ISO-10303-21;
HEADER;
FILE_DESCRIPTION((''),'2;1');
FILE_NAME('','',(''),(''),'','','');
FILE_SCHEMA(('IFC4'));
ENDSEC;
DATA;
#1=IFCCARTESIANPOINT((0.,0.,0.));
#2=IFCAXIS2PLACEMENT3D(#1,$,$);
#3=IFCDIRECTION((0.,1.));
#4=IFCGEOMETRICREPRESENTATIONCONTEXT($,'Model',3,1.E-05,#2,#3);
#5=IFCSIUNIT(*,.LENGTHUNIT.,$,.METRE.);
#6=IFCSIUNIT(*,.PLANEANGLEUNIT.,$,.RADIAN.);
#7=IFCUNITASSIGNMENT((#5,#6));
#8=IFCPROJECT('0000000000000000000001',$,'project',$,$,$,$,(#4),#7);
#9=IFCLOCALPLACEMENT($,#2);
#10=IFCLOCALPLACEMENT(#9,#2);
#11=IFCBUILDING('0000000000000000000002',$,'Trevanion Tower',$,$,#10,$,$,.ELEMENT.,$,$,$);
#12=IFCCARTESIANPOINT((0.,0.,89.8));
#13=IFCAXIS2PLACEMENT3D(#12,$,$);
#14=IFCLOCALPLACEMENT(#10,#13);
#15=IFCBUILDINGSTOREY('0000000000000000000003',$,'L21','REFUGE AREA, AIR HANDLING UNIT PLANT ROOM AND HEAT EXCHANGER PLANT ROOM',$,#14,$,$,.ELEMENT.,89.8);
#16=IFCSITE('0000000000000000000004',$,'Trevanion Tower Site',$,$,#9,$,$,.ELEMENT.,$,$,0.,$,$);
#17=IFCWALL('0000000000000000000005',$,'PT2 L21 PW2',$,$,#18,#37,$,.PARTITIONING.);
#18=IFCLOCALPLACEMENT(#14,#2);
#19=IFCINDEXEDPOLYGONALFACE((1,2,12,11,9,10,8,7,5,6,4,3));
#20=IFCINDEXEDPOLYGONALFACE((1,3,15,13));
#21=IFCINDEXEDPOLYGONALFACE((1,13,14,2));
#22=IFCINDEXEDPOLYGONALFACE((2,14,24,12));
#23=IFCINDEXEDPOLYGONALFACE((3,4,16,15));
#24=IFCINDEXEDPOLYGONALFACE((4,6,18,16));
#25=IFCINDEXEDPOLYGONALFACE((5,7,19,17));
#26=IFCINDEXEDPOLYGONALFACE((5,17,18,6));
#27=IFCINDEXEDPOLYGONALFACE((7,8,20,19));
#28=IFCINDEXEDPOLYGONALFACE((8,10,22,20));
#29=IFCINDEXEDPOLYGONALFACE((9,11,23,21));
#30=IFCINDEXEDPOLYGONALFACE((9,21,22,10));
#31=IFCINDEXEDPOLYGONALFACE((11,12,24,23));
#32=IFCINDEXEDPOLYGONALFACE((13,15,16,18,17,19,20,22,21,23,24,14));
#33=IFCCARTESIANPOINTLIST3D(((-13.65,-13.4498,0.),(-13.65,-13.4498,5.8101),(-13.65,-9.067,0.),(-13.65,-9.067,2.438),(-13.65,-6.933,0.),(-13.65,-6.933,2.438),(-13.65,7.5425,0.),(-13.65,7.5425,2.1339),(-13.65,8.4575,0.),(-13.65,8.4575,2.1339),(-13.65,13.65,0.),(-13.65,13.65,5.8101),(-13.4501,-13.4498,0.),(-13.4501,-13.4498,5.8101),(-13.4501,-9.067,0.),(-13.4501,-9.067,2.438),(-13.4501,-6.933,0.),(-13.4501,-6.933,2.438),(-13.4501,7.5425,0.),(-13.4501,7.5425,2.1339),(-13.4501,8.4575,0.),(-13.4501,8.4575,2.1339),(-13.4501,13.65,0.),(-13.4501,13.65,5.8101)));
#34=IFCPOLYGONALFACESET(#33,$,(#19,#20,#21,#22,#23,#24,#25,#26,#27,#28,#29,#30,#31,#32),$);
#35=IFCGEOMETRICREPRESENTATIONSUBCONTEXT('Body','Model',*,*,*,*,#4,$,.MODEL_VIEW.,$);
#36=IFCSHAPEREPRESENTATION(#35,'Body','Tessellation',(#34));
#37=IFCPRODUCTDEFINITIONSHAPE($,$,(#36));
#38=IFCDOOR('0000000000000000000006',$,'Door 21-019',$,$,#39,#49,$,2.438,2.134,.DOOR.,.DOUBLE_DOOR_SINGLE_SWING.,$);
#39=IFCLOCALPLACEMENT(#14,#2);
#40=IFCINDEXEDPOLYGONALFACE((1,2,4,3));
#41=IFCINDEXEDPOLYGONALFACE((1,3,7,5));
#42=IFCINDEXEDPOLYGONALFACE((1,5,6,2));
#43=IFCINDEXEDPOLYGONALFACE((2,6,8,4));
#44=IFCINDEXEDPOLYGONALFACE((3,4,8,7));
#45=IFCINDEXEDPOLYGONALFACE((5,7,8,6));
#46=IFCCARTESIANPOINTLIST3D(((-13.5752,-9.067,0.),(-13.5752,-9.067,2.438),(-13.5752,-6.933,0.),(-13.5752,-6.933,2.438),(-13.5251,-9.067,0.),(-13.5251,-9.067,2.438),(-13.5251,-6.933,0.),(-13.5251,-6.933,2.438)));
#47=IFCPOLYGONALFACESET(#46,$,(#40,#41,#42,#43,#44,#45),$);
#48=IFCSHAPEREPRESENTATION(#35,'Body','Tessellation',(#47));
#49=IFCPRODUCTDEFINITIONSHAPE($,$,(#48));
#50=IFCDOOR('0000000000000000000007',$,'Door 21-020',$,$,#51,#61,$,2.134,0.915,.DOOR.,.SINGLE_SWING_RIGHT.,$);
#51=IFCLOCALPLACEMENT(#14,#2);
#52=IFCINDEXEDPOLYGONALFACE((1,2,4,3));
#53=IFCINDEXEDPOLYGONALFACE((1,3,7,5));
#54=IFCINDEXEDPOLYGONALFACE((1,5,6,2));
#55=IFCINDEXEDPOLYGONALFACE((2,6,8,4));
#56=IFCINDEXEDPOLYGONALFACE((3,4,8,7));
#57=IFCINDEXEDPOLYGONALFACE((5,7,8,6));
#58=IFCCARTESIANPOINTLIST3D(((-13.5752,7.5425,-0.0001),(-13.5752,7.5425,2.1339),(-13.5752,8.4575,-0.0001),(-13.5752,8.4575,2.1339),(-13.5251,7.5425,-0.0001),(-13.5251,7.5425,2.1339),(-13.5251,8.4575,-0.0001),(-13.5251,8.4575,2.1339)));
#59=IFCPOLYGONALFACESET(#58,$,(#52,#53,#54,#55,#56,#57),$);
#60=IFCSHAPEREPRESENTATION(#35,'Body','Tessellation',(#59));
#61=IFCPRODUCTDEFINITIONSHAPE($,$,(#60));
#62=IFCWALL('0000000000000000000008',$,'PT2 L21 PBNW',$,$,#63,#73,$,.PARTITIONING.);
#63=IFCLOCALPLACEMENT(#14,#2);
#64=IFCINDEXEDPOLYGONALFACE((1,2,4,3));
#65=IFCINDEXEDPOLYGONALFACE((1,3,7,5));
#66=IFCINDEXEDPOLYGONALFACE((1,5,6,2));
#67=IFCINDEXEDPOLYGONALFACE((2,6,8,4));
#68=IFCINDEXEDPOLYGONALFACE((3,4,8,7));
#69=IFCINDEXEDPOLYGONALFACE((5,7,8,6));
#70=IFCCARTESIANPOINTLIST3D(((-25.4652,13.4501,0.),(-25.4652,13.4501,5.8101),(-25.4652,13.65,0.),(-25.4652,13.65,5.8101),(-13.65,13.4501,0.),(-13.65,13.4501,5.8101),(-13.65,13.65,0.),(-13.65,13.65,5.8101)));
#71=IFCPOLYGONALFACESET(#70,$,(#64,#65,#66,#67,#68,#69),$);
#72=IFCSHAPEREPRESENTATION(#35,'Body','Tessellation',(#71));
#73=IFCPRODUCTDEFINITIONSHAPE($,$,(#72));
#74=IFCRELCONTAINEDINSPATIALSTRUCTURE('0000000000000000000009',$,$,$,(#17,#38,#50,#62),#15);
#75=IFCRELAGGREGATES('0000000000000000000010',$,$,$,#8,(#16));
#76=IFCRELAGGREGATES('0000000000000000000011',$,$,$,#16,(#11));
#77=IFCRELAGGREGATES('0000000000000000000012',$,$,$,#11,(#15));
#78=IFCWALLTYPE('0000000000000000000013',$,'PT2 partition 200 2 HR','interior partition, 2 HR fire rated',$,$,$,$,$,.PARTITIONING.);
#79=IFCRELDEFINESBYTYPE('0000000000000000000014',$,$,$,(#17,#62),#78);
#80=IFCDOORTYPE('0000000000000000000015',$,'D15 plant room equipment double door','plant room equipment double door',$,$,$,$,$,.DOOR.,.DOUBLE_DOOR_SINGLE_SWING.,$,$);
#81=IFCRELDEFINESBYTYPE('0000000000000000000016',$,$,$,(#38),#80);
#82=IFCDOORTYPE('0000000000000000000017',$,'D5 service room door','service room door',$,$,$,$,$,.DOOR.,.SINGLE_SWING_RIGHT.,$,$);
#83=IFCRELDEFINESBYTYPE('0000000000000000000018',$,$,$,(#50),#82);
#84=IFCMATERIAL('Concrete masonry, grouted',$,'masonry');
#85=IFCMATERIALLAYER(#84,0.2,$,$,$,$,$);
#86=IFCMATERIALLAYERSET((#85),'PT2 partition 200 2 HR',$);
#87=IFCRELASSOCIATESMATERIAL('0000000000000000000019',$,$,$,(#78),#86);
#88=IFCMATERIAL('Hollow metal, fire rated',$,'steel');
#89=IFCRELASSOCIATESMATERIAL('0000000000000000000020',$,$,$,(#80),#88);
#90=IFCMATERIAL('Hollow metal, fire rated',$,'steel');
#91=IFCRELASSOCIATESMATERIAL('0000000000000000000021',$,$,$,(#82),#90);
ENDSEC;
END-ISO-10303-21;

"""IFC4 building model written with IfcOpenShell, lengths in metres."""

from ifc_helpers import new_model, si_unit, direction, frame, frame_2d, origin, place, context, subcontext, project, spatial, rectangle, extrude, material, layer, layer_set, type_object, element, fill, save


model = new_model("IFC4")

# Units and contexts
model_context = context("Model", 3, precision=1e-05, world=origin(), true_north=direction((0.0, 1.0)))
body_context = subcontext(model_context, "Body", "Model", "MODEL_VIEW")
ifc_project = project(units=[si_unit("LENGTHUNIT", "METRE"), si_unit("PLANEANGLEUNIT", "RADIAN")], contexts=[model_context])

# Site, building, storey
site_placement = place(None, origin())
site = spatial("IfcSite", under=ifc_project, at=site_placement, Name="Trevanion Tower Site", CompositionType="ELEMENT", RefElevation=0.0)
building_placement = place(site_placement, origin())
building = spatial("IfcBuilding", under=site, at=building_placement, Name="Trevanion Tower", CompositionType="ELEMENT")
storey_placement = place(building_placement, frame((0.0, 0.0, 89.8)))
storey = spatial("IfcBuildingStorey", under=building, at=storey_placement, Name="L21", Description="REFUGE AREA, AIR HANDLING UNIT PLANT ROOM AND HEAT EXCHANGER PLANT ROOM", CompositionType="ELEMENT", Elevation=89.8)

# Wall, openings, doors
ifc_material_1 = material(Name="Concrete masonry, grouted", Category="masonry")
ifc_layer_1 = layer(ifc_material_1, 0.2)
ifc_layer_set_1 = layer_set([ifc_layer_1], Name="PT2 partition 200 2 HR")
wall_type = type_object("IfcWallType", Name="PT2 partition 200 2 HR", Description="interior partition, 2 HR fire rated", PredefinedType="PARTITIONING", material=ifc_layer_set_1)
wall_1_placement = place(storey_placement, frame((-13.55, 13.6499, 0.0), z_axis=(0.0, 0.0, 1.0), x_axis=(0.0, -1.0, 0.0)))
wall_1 = element("IfcWall", 1, at=wall_1_placement, inside=storey, type_object=wall_type, Name="PT2 L21 PW2", PredefinedType="PARTITIONING", context=body_context, shape_type="SweptSolid", body=[
    extrude(rectangle(XDim=27.0999, YDim=0.2, at=frame_2d((13.5498, 0.0))), origin(), (0.0, 0.0, 1.0), 5.8101),
])
opening_1_placement = place(wall_1_placement, frame((20.583, 0.0, 0.0)))
opening_1 = element("IfcOpeningElement", 2, at=opening_1_placement, cuts=wall_1, PredefinedType="OPENING", context=body_context, shape_type="SweptSolid", body=[
    extrude(rectangle(XDim=2.134, YDim=2.438, at=frame_2d((1.0669, 1.219))), frame((0.0, 0.1099, 0.0), z_axis=(0.0, -1.0, 0.0), x_axis=(1.0, 0.0, 0.0)), (0.0, 0.0, 1.0), 0.22),
])
opening_2_placement = place(wall_1_placement, frame((5.1924, 0.0, 0.0)))
opening_2 = element("IfcOpeningElement", 3, at=opening_2_placement, cuts=wall_1, PredefinedType="OPENING", context=body_context, shape_type="SweptSolid", body=[
    extrude(rectangle(XDim=0.915, YDim=2.134, at=frame_2d((0.4575, 1.0669))), frame((0.0, 0.1099, 0.0), z_axis=(0.0, -1.0, 0.0), x_axis=(1.0, 0.0, 0.0)), (0.0, 0.0, 1.0), 0.22),
])
ifc_material_2 = material(Name="Hollow metal, fire rated", Category="steel")
door_type_1 = type_object("IfcDoorType", Name="D15 plant room equipment double door", Description="plant room equipment double door", OperationType="DOUBLE_DOOR_SINGLE_SWING", PredefinedType="DOOR", material=ifc_material_2)
door_1_placement = place(opening_1_placement, origin())
door_1 = element("IfcDoor", 4, at=door_1_placement, inside=storey, type_object=door_type_1, Name="Door 21-019", OperationType="DOUBLE_DOOR_SINGLE_SWING", OverallHeight=2.438, OverallWidth=2.134, PredefinedType="DOOR", context=body_context, shape_type="SweptSolid", body=[
    extrude(rectangle(XDim=2.134, YDim=2.438, at=frame_2d((1.0669, 1.219))), frame((0.0, 0.0249, 0.0), z_axis=(0.0, -1.0, 0.0), x_axis=(1.0, 0.0, 0.0)), (0.0, 0.0, 1.0), 0.05),
])
fill(opening_1, door_1)
ifc_material_3 = material(Name="Hollow metal, fire rated", Category="steel")
door_type_2 = type_object("IfcDoorType", Name="D5 service room door", Description="service room door", OperationType="SINGLE_SWING_RIGHT", PredefinedType="DOOR", material=ifc_material_3)
door_2_placement = place(opening_2_placement, origin())
door_2 = element("IfcDoor", 5, at=door_2_placement, inside=storey, type_object=door_type_2, Name="Door 21-020", OperationType="SINGLE_SWING_RIGHT", OverallHeight=2.134, OverallWidth=0.915, PredefinedType="DOOR", context=body_context, shape_type="SweptSolid", body=[
    extrude(rectangle(XDim=0.915, YDim=2.134, at=frame_2d((0.4575, 1.0669))), frame((0.0, 0.0249, 0.0), z_axis=(0.0, -1.0, 0.0), x_axis=(1.0, 0.0, 0.0)), (0.0, 0.0, 1.0), 0.05),
])
fill(opening_2, door_2)

# Wall
wall_2_placement = place(storey_placement, frame((-13.6499, 13.55, 0.0), z_axis=(0.0, 0.0, 1.0), x_axis=(-1.0, 0.0, 0.0)))
element("IfcWall", 6, at=wall_2_placement, inside=storey, type_object=wall_type, Name="PT2 L21 PBNW", PredefinedType="PARTITIONING", context=body_context, shape_type="SweptSolid", body=[
    extrude(rectangle(XDim=11.8152, YDim=0.2, at=frame_2d((5.9077, 0.0))), origin(), (0.0, 0.0, 1.0), 5.8101),
])

save(model, "model.ifc")
